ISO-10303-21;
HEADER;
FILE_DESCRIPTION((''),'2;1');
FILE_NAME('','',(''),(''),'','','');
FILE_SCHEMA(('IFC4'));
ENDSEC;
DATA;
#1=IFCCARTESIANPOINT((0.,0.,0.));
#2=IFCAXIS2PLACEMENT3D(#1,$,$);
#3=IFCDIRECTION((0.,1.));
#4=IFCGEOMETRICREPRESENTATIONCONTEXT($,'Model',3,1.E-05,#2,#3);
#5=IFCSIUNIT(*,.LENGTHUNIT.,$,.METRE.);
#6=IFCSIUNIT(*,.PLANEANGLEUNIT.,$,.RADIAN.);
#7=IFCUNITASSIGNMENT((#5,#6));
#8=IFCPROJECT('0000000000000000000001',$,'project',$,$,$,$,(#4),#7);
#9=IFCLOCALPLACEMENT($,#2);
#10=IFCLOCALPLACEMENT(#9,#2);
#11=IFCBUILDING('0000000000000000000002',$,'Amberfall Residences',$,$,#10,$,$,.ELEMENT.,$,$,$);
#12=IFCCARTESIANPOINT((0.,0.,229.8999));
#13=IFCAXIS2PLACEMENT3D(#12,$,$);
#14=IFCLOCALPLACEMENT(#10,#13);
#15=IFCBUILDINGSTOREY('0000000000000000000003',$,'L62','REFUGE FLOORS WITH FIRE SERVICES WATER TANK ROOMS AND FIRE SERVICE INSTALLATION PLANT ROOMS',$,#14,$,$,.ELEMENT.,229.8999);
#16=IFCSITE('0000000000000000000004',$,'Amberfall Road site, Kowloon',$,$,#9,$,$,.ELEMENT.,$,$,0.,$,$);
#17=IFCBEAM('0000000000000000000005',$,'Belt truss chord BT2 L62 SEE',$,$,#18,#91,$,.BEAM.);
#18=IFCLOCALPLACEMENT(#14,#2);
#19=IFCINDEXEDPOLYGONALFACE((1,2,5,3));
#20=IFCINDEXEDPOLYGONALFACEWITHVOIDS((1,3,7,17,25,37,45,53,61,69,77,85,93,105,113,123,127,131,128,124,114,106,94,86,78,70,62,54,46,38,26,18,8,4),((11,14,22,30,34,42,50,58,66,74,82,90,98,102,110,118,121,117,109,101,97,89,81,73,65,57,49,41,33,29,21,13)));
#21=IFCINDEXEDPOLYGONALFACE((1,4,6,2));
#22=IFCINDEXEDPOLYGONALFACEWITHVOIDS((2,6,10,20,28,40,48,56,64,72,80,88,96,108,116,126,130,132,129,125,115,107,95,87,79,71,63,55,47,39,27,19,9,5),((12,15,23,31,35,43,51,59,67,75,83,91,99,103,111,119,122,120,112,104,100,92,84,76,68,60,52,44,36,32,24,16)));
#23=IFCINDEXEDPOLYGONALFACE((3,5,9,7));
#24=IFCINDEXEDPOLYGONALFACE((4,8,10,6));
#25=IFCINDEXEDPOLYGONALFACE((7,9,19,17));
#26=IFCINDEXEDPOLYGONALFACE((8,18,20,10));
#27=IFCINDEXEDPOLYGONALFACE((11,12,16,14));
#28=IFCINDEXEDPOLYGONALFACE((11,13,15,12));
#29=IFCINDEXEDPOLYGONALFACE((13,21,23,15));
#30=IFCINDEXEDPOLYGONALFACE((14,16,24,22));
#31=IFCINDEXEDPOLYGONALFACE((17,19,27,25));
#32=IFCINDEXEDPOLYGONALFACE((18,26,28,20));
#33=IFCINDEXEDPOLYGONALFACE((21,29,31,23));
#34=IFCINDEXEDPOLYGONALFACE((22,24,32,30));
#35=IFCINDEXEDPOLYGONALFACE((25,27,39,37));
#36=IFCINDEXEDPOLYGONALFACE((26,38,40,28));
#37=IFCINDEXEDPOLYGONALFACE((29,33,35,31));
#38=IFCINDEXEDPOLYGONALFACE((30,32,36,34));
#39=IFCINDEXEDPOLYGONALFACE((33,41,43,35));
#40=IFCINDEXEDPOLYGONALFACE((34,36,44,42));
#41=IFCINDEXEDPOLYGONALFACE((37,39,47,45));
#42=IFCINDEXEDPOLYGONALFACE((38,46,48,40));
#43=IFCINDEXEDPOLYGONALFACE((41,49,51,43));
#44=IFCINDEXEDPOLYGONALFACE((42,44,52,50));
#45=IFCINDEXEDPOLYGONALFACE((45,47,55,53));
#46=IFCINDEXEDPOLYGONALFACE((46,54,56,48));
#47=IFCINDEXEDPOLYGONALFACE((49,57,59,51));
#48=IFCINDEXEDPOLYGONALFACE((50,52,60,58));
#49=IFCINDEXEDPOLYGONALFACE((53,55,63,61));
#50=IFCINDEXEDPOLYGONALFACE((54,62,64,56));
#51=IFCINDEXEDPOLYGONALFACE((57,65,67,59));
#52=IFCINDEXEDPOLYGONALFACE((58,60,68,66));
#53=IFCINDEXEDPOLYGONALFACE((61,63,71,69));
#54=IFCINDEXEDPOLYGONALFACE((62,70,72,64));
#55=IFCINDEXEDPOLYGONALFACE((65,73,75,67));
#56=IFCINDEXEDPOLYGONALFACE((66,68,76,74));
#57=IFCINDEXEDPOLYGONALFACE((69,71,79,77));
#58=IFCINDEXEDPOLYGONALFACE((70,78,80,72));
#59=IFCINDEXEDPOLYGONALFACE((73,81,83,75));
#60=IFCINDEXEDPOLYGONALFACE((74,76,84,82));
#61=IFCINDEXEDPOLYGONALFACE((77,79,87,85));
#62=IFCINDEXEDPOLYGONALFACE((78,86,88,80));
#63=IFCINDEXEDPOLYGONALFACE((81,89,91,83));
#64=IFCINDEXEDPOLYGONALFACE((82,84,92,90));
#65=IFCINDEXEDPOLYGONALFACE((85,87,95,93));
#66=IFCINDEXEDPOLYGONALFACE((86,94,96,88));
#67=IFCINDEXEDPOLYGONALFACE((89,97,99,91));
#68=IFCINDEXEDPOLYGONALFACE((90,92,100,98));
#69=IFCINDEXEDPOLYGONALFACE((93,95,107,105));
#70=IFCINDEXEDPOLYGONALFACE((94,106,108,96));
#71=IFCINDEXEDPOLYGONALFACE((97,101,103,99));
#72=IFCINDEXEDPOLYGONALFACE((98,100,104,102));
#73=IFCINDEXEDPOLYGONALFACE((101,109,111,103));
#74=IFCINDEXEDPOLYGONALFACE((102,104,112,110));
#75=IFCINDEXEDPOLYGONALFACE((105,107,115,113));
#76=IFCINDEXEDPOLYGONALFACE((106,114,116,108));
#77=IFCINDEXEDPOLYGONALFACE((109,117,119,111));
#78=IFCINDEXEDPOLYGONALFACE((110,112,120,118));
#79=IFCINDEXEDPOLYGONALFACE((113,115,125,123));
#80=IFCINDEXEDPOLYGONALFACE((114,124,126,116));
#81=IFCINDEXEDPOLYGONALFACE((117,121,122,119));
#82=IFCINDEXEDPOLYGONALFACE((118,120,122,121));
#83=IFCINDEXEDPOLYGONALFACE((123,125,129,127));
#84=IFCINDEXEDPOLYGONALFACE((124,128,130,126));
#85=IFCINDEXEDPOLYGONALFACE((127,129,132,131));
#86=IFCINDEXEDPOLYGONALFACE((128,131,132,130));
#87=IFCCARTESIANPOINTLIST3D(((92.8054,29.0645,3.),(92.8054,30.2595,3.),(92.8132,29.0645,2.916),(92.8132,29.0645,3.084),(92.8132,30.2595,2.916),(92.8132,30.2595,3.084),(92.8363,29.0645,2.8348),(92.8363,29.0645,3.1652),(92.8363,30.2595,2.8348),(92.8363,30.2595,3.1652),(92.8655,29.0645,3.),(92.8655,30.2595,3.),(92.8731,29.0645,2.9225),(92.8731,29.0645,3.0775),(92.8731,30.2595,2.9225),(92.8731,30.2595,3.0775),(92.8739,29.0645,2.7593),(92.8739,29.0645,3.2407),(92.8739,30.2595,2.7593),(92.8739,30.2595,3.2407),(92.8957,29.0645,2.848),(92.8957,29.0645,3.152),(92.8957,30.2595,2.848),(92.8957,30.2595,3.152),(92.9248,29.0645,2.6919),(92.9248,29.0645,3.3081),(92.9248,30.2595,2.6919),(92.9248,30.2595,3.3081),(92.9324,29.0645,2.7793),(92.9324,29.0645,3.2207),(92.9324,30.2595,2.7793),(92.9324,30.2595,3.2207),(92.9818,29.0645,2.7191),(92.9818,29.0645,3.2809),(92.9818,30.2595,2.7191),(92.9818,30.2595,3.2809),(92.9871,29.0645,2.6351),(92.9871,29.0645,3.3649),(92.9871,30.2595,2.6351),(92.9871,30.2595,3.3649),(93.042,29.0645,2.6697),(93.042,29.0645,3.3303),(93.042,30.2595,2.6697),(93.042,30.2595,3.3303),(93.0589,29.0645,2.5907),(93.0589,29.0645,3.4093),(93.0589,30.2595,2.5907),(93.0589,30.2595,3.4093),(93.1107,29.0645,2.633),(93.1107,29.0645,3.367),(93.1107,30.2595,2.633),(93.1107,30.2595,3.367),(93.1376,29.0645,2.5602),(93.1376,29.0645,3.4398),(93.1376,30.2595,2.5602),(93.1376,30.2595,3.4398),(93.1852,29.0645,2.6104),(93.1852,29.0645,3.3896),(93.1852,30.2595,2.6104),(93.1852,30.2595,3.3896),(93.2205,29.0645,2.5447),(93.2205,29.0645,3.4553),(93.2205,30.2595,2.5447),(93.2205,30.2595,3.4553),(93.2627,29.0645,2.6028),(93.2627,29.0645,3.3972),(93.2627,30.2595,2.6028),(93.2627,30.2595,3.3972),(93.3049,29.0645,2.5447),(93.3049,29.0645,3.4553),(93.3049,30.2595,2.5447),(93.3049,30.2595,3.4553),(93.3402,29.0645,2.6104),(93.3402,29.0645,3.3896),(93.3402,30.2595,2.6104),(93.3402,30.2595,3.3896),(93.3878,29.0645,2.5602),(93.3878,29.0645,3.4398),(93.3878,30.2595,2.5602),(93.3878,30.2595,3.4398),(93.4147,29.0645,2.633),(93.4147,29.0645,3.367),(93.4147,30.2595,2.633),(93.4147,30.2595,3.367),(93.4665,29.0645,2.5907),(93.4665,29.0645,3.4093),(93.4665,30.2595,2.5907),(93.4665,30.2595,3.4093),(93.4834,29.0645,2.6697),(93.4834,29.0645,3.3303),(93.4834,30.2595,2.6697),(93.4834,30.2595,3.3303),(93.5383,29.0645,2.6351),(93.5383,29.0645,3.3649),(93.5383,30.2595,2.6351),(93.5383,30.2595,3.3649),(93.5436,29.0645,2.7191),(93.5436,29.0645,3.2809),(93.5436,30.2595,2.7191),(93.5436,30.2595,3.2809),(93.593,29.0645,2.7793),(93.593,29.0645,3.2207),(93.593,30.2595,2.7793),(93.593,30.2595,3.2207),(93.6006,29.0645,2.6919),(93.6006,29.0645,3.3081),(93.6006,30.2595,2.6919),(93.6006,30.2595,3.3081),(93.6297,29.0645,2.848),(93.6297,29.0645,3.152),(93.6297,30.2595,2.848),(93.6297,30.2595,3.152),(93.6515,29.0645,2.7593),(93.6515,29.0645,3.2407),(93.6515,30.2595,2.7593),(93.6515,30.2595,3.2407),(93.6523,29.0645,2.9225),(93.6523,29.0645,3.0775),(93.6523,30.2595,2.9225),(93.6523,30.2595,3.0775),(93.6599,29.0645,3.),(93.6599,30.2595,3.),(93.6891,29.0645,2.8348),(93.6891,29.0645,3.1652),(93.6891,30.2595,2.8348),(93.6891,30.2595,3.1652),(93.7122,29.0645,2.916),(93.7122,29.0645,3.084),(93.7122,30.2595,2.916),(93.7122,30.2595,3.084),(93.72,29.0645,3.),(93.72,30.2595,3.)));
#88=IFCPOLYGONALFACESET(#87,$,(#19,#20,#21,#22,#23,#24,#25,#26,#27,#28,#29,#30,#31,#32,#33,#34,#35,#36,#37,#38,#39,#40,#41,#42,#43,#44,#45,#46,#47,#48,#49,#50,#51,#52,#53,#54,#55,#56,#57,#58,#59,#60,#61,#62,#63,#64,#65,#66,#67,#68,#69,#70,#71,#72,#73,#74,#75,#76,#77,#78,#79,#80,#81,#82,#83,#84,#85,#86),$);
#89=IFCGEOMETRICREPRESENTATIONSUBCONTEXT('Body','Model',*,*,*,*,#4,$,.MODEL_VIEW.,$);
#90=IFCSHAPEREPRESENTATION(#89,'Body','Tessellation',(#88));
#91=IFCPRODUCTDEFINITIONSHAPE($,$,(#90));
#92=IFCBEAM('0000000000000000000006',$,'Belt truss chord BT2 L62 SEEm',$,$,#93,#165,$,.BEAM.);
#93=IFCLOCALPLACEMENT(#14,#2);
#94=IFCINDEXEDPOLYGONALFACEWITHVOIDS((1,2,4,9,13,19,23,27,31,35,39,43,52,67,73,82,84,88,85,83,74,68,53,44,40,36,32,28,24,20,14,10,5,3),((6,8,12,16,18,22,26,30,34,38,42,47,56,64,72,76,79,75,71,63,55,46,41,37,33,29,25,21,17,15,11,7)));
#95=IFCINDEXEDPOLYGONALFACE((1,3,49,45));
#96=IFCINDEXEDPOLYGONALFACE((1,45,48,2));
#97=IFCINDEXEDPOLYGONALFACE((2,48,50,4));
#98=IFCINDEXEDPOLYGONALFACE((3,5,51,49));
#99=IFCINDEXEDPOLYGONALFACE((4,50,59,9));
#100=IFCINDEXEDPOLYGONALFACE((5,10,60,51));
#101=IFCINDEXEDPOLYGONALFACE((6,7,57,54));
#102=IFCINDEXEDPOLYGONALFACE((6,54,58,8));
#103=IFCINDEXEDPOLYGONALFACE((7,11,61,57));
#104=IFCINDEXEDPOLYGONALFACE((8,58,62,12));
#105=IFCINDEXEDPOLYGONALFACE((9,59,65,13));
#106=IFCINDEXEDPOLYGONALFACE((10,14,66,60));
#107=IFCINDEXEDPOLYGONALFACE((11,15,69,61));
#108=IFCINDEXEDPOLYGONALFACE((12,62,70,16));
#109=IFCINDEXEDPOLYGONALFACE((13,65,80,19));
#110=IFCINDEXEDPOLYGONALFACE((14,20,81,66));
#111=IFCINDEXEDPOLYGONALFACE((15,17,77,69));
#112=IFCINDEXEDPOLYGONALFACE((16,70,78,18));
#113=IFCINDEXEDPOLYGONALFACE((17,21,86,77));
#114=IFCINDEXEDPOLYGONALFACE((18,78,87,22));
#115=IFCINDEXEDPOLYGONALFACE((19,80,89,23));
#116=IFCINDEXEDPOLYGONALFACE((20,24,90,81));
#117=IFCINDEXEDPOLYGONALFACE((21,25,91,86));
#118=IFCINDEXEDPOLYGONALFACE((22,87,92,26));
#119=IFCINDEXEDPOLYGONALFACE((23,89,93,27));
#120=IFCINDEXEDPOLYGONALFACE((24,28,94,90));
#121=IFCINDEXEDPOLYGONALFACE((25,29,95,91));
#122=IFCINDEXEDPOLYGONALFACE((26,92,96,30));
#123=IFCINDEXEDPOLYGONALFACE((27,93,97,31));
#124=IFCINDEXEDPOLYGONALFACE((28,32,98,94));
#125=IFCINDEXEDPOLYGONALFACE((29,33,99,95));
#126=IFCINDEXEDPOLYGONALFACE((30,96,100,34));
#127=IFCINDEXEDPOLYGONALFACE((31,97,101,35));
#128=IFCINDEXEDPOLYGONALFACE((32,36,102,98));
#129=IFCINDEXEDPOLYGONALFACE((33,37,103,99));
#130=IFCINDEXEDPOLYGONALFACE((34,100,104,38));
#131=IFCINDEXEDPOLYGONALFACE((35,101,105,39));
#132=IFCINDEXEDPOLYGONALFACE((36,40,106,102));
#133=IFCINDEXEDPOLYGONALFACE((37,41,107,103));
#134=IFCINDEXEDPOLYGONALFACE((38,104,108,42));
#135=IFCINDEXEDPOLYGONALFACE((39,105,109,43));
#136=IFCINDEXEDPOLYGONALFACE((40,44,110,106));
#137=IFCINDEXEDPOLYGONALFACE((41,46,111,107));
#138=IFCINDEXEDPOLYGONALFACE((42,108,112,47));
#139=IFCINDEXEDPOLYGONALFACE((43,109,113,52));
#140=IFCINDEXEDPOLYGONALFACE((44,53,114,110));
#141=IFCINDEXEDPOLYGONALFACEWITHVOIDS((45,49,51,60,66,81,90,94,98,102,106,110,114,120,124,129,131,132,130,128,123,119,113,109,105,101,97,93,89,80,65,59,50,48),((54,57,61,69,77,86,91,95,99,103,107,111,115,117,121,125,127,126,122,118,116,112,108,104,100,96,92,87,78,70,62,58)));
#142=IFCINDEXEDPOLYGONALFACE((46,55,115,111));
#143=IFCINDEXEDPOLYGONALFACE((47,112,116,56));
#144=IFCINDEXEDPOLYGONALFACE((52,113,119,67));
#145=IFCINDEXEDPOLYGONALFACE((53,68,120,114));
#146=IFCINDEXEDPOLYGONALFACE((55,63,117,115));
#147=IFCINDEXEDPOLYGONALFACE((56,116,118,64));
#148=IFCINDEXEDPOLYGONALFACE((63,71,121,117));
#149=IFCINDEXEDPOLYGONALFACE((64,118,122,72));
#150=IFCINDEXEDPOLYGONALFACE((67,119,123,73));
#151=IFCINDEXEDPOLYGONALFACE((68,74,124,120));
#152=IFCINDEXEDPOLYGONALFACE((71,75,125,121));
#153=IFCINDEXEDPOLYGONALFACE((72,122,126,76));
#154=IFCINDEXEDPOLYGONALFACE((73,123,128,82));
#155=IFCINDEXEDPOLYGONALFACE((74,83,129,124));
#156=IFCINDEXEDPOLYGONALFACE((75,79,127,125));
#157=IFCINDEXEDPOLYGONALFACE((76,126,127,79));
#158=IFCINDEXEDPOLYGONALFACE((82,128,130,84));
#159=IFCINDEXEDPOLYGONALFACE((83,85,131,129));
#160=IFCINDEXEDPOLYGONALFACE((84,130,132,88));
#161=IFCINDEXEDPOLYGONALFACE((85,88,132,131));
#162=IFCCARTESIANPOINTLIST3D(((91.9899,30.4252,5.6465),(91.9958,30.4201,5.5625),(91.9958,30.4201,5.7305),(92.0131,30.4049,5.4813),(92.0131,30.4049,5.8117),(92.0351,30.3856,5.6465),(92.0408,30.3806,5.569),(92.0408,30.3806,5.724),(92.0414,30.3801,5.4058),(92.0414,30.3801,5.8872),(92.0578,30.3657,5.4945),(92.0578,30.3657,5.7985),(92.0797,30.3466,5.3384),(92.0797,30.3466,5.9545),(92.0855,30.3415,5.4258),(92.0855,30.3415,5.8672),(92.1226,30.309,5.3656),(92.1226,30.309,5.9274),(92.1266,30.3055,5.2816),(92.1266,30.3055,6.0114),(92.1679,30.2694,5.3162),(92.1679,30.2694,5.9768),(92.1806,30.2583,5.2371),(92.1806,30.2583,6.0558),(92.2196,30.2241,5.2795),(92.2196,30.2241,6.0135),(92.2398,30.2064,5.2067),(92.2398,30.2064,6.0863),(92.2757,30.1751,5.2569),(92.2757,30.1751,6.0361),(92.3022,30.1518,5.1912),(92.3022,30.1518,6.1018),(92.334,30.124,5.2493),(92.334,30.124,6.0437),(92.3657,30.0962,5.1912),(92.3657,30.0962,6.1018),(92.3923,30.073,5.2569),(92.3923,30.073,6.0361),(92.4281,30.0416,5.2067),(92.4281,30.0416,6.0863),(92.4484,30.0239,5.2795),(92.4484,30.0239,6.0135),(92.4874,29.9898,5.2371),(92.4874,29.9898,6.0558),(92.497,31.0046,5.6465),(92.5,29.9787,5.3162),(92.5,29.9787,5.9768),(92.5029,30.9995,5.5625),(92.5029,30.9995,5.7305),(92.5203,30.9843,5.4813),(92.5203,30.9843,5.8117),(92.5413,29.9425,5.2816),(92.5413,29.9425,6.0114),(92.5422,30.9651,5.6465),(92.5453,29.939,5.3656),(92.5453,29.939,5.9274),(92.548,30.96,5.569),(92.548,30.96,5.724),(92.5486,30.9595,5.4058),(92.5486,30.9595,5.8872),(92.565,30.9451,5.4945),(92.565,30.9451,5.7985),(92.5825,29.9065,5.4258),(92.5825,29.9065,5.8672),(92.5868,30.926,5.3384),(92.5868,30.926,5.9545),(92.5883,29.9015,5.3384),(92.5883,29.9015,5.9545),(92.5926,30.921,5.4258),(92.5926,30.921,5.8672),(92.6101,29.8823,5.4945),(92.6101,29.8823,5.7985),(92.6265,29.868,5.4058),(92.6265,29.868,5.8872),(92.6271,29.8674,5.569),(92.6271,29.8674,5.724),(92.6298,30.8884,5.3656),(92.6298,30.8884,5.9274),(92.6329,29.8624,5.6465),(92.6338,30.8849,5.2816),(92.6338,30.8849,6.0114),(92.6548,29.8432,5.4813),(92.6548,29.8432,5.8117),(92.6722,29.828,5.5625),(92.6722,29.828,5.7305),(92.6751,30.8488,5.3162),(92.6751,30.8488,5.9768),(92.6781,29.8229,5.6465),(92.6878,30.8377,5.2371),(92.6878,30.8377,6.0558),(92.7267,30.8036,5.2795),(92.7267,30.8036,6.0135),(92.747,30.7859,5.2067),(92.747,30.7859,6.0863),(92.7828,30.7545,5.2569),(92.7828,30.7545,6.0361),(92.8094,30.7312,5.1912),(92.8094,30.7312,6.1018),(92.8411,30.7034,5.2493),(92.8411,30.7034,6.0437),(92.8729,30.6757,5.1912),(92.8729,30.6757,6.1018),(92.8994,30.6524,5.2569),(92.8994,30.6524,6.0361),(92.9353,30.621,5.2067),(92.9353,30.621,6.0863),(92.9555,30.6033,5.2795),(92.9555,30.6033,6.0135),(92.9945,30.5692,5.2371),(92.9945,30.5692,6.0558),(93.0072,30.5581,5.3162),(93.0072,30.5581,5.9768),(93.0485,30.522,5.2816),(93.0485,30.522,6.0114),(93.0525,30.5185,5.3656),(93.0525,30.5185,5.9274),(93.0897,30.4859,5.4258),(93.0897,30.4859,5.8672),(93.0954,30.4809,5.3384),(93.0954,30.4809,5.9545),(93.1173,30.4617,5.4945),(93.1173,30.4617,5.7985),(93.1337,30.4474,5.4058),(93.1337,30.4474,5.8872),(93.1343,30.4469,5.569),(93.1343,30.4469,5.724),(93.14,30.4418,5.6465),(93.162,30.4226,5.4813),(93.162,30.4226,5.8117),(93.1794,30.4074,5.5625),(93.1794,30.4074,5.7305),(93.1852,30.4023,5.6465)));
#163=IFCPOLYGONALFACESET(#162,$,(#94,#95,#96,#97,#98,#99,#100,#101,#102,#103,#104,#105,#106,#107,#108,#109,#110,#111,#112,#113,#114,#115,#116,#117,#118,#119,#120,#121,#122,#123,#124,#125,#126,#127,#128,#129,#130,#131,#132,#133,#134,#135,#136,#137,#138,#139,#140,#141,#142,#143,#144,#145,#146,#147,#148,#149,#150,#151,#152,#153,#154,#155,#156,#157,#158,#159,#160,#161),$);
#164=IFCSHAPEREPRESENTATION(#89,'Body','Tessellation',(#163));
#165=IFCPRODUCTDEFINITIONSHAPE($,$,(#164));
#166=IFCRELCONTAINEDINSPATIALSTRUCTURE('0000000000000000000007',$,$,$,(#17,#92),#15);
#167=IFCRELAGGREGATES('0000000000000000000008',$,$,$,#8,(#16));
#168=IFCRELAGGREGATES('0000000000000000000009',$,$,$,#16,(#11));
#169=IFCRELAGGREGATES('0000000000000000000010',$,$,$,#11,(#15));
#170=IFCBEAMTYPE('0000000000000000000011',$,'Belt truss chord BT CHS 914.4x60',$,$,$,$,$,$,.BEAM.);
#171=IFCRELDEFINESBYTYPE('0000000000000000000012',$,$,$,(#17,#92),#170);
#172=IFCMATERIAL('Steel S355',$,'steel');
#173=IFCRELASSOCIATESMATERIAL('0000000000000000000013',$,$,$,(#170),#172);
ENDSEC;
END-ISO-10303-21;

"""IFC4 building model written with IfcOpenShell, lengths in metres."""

from ifc_helpers import new_model, si_unit, direction, frame, origin, origin_2d, place, context, subcontext, project, spatial, hollow_circle, extrude, material, material_profile, profile_set, type_object, element, save


model = new_model("IFC4")

# Units and contexts
model_context = context("Model", 3, precision=1e-05, world=origin(), true_north=direction((0.0, 1.0)))
body_context = subcontext(model_context, "Body", "Model", "MODEL_VIEW")
ifc_project = project(units=[si_unit("LENGTHUNIT", "METRE"), si_unit("PLANEANGLEUNIT", "RADIAN")], contexts=[model_context])

# Site, building, storey
site_placement = place(None, origin())
site = spatial("IfcSite", under=ifc_project, at=site_placement, Name="Amberfall Road site, Kowloon", CompositionType="ELEMENT", RefElevation=0.0)
building_placement = place(site_placement, origin())
building = spatial("IfcBuilding", under=site, at=building_placement, Name="Amberfall Residences", CompositionType="ELEMENT")
storey_placement = place(building_placement, frame((0.0, 0.0, 229.8999)))
storey = spatial("IfcBuildingStorey", under=building, at=storey_placement, Name="L62", Description="REFUGE FLOORS WITH FIRE SERVICES WATER TANK ROOMS AND FIRE SERVICE INSTALLATION PLANT ROOMS", CompositionType="ELEMENT", Elevation=229.8999)

# Beams
ifc_material = material(Name="Steel S355", Category="steel")
ifc_material_profile_1 = material_profile(ifc_material, hollow_circle(Radius=0.4573, WallThickness=0.0601, at=origin_2d()), Name="CHS 914.4x60")
ifc_profile_set_1 = profile_set([ifc_material_profile_1], Name="Steel S355")
beam_type_1 = type_object("IfcBeamType", Name="Belt truss chord BT CHS 914.4x60", PredefinedType="BEAM", material=ifc_profile_set_1)
beam_1_placement = place(storey_placement, frame((93.2627, 29.0645, 3.0), z_axis=(0.0, 1.0, 0.0), x_axis=(-1.0, 0.0, 0.0)))
element("IfcBeam", 1, at=beam_1_placement, inside=storey, type_object=beam_type_1, Name="Belt truss chord BT2 L62 SEE", PredefinedType="BEAM", context=body_context, shape_type="SweptSolid", body=[
    extrude(hollow_circle(Radius=0.4573, WallThickness=0.0601, at=origin_2d()), origin(), (0.0, 0.0, 1.0), 1.1951),
])
beam_2_placement = place(storey_placement, frame((92.334, 30.124, 5.6465), z_axis=(0.658617, 0.752478, 0.0), x_axis=(-0.752478, 0.658617, 0.0)))
element("IfcBeam", 2, at=beam_2_placement, inside=storey, type_object=beam_type_1, Name="Belt truss chord BT2 L62 SEEm", PredefinedType="BEAM", context=body_context, shape_type="SweptSolid", body=[
    extrude(hollow_circle(Radius=0.4573, WallThickness=0.0601, at=origin_2d()), origin(), (0.0, 0.0, 1.0), 0.77),
])

save(model, "model.ifc")
